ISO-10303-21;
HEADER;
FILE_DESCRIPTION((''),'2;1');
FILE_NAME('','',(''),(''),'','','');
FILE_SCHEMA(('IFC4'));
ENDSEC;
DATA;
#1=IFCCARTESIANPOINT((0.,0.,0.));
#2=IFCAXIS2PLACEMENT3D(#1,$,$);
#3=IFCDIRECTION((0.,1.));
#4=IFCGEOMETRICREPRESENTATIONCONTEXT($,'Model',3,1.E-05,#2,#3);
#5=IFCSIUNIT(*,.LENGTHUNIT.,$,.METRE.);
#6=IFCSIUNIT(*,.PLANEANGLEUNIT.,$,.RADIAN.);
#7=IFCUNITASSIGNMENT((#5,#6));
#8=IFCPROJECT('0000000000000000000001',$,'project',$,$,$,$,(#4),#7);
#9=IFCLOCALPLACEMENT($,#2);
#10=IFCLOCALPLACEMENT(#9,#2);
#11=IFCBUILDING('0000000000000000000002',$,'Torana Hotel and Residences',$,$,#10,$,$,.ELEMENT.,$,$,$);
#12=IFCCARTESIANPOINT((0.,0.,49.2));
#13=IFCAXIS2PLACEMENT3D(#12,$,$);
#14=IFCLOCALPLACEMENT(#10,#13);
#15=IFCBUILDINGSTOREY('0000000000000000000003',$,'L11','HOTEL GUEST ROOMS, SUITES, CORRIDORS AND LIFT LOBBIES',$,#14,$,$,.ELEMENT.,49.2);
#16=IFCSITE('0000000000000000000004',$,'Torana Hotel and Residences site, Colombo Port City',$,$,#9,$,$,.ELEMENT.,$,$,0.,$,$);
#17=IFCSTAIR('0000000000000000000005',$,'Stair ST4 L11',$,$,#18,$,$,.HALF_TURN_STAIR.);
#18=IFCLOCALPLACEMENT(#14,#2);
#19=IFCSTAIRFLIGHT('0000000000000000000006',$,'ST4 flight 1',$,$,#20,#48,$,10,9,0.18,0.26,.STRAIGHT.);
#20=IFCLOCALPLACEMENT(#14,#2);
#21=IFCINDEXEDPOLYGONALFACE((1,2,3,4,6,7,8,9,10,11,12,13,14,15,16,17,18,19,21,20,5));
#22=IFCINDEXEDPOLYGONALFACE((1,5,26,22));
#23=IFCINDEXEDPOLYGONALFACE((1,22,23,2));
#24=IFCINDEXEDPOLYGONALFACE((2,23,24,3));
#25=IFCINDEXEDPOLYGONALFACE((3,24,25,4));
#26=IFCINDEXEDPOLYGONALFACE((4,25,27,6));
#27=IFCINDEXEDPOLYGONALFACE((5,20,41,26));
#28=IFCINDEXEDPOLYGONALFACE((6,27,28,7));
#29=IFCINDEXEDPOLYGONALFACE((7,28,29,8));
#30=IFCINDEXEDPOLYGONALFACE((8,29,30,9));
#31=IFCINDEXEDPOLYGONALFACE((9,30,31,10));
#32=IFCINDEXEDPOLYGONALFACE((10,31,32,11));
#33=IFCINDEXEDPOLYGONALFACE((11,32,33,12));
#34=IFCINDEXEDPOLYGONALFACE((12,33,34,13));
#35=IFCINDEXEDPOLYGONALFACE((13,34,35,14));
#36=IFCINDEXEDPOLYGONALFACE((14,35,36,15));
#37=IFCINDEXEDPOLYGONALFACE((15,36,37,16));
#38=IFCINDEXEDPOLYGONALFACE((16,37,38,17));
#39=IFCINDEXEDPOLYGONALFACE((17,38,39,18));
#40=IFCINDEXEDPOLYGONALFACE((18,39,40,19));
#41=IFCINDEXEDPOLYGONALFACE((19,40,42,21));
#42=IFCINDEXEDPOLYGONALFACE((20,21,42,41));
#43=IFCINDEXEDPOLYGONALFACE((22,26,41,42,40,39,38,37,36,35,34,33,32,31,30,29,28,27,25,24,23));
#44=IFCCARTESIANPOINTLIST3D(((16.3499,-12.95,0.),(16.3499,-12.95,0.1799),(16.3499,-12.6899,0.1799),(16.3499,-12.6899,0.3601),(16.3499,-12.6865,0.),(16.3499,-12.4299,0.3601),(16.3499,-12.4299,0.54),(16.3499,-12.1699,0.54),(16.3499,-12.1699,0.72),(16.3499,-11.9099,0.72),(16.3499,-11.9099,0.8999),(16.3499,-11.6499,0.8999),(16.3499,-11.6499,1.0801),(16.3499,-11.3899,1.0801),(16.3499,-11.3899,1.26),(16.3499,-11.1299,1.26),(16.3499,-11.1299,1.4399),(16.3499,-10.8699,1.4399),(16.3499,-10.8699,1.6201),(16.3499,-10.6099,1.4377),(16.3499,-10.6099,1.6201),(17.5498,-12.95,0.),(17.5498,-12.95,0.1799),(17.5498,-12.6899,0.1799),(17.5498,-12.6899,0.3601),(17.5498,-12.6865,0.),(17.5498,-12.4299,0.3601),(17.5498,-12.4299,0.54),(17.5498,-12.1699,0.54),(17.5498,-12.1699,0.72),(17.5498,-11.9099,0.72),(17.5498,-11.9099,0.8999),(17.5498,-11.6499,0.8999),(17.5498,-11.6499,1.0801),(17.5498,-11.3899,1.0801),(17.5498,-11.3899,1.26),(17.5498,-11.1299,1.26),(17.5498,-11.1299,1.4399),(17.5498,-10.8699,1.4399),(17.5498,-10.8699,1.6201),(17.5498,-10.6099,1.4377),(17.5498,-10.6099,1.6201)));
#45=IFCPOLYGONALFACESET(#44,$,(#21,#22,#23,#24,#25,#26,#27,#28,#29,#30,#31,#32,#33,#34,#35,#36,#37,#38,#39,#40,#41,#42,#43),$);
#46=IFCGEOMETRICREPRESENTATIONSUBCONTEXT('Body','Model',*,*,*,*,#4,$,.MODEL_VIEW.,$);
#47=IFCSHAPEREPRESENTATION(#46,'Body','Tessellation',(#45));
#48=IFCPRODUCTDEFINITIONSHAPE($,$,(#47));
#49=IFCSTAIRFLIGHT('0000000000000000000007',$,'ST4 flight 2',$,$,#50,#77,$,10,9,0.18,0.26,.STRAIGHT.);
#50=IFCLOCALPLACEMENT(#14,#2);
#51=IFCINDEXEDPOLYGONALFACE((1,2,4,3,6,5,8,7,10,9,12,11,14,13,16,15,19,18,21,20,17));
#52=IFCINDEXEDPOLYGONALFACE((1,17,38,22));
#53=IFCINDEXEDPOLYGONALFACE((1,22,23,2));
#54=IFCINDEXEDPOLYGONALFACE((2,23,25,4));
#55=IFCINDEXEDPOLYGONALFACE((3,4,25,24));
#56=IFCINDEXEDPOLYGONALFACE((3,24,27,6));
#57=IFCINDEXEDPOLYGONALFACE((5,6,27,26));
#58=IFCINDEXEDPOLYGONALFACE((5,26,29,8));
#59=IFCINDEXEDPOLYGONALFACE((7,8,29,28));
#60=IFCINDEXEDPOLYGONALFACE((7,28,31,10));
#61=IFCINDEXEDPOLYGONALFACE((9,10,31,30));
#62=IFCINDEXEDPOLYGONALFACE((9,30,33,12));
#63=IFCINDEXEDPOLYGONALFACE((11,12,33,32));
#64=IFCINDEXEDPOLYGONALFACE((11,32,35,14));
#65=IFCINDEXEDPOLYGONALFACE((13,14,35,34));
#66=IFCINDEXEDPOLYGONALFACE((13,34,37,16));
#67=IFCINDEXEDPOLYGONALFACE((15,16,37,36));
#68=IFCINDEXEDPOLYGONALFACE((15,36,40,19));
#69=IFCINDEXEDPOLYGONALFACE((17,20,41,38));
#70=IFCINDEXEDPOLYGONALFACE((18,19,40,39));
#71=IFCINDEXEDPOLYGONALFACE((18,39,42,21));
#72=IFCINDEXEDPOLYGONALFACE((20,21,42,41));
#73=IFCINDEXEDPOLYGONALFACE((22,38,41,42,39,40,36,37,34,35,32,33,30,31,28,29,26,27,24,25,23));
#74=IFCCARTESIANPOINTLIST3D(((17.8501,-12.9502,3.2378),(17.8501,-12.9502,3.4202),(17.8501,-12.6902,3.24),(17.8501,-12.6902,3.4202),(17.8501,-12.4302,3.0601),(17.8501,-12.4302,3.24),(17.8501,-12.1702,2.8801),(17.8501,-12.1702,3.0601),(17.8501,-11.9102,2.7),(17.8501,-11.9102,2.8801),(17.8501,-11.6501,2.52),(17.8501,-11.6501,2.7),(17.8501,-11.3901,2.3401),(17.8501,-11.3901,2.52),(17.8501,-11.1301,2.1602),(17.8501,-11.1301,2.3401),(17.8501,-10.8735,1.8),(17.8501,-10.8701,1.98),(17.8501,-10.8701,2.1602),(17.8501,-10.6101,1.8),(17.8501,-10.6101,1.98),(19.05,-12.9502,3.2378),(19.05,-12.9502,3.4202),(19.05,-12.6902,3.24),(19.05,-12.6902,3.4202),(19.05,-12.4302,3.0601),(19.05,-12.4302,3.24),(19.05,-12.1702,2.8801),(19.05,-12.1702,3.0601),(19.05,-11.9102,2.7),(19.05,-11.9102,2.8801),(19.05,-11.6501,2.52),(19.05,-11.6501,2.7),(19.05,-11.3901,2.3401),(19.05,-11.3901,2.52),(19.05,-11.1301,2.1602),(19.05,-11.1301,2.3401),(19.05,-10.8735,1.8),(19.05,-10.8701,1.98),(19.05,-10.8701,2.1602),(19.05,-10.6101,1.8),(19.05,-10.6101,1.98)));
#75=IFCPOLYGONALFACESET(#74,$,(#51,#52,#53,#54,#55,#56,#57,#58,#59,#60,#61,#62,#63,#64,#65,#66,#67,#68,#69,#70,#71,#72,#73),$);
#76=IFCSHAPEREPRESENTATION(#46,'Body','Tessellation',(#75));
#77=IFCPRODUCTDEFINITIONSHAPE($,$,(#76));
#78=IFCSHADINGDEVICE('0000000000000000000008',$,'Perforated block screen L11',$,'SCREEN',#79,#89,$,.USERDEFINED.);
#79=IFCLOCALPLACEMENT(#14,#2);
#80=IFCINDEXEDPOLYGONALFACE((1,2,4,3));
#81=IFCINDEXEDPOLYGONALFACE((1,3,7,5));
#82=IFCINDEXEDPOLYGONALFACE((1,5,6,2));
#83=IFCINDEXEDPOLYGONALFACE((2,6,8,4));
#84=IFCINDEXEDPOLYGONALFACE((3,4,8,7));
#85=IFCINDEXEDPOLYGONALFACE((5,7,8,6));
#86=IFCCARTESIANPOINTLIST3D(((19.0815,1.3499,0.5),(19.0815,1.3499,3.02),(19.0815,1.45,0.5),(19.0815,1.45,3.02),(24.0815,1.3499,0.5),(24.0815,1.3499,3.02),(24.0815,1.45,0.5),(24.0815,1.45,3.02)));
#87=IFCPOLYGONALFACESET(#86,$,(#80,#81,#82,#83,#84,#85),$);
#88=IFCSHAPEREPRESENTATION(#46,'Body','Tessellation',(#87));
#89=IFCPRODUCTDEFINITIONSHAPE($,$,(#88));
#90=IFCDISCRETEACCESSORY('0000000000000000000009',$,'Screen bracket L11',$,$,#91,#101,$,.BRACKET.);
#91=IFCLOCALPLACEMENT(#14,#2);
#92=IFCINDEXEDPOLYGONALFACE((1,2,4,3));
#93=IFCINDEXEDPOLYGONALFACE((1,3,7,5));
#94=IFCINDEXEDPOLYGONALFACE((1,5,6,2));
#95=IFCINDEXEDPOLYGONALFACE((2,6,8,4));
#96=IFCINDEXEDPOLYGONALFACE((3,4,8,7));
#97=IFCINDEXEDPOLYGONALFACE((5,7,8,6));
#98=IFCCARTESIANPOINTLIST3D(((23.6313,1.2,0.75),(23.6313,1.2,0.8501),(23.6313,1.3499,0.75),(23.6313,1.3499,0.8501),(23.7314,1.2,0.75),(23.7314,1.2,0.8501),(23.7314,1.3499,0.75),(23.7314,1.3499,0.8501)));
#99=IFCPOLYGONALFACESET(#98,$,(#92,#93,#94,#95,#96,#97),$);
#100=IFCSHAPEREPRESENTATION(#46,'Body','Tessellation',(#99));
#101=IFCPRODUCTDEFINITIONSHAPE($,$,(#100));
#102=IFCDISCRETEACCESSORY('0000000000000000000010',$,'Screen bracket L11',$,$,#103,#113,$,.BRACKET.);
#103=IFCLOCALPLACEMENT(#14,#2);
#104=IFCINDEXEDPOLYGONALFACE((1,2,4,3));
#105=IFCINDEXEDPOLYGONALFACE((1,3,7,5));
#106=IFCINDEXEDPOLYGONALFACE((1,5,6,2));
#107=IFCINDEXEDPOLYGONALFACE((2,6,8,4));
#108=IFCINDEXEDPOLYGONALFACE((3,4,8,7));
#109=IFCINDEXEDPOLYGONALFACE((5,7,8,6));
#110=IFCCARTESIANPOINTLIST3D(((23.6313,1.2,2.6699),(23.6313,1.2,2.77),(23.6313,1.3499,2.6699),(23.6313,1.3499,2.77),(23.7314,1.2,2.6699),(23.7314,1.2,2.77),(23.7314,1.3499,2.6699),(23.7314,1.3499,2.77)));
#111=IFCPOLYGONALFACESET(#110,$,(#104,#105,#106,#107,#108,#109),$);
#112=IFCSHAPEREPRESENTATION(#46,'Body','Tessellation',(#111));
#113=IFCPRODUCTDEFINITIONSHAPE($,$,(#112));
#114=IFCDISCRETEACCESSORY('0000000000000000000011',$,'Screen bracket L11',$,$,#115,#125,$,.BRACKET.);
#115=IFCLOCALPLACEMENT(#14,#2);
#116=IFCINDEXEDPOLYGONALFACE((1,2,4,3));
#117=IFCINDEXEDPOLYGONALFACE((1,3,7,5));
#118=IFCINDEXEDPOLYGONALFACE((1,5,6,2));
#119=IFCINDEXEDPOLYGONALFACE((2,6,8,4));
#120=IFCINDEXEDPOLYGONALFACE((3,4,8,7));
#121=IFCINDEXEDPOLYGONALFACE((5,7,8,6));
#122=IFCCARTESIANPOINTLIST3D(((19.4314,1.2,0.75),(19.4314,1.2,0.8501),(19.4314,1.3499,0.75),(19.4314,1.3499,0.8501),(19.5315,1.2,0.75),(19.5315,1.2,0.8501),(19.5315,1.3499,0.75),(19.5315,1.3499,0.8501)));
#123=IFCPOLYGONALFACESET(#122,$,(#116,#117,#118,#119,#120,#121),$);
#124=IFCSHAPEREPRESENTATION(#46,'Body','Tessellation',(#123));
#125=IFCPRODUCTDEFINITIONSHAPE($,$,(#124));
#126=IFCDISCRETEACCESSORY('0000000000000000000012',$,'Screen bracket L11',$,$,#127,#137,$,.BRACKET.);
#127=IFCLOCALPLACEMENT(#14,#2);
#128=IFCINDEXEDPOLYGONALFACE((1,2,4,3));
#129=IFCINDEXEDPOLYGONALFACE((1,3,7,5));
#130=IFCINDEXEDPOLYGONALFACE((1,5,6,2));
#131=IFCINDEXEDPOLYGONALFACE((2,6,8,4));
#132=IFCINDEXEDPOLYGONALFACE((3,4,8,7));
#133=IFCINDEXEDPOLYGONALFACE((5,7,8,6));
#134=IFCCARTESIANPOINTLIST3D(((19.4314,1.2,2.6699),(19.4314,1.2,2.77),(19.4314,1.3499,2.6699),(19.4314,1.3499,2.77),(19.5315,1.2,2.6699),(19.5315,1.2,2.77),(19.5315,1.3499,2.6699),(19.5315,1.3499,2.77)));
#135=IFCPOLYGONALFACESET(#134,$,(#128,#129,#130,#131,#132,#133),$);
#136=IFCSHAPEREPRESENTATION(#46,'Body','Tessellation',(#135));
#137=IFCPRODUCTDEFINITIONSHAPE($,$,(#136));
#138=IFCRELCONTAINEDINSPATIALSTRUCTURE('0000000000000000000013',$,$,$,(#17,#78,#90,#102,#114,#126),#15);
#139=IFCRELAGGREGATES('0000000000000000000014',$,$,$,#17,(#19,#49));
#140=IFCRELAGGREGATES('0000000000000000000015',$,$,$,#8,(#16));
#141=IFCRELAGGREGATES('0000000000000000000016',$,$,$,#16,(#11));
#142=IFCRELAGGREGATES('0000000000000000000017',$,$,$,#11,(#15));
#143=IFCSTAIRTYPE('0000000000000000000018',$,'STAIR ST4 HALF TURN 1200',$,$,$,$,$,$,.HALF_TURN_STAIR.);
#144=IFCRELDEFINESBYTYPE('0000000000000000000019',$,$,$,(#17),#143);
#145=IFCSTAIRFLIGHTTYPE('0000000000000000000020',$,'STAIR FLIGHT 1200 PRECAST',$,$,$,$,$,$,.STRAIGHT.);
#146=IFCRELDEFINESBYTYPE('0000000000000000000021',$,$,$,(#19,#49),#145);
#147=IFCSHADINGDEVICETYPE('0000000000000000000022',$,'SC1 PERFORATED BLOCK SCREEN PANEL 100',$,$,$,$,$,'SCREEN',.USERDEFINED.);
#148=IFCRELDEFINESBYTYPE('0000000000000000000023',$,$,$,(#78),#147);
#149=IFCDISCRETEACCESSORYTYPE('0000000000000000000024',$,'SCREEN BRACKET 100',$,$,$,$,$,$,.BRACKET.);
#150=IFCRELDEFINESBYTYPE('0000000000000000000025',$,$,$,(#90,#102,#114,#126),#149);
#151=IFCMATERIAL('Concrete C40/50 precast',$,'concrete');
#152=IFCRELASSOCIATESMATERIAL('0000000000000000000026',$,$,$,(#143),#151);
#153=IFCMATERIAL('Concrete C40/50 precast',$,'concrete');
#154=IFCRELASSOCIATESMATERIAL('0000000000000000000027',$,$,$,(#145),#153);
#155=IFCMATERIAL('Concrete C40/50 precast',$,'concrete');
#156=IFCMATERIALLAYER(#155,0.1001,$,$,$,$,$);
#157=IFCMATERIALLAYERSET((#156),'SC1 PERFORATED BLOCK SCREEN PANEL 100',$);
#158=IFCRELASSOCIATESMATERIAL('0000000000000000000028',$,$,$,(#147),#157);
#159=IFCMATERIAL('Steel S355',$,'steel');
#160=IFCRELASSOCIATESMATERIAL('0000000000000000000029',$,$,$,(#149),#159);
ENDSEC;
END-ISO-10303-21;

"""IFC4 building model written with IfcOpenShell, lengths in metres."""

from ifc_helpers import new_model, si_unit, direction, frame, origin, origin_2d, place, context, subcontext, project, spatial, polyline, rectangle, outline, extrude, material, layer, layer_set, type_object, element, aggregate, save


model = new_model("IFC4")

# Units and contexts
model_context = context("Model", 3, precision=1e-05, world=origin(), true_north=direction((0.0, 1.0)))
body_context = subcontext(model_context, "Body", "Model", "MODEL_VIEW")
ifc_project = project(units=[si_unit("LENGTHUNIT", "METRE"), si_unit("PLANEANGLEUNIT", "RADIAN")], contexts=[model_context])

# Site, building, storey
site_placement = place(None, origin())
site = spatial("IfcSite", under=ifc_project, at=site_placement, Name="Torana Hotel and Residences site, Colombo Port City", CompositionType="ELEMENT", RefElevation=0.0)
building_placement = place(site_placement, origin())
building = spatial("IfcBuilding", under=site, at=building_placement, Name="Torana Hotel and Residences", CompositionType="ELEMENT")
storey_placement = place(building_placement, frame((0.0, 0.0, 49.2)))
storey = spatial("IfcBuildingStorey", under=building, at=storey_placement, Name="L11", Description="HOTEL GUEST ROOMS, SUITES, CORRIDORS AND LIFT LOBBIES", CompositionType="ELEMENT", Elevation=49.2)

# Stair, stair flights
ifc_material_1 = material(Name="Concrete C40/50 precast", Category="concrete")
stair_type = type_object("IfcStairType", Name="STAIR ST4 HALF TURN 1200", PredefinedType="HALF_TURN_STAIR", material=ifc_material_1)
stair_placement = place(storey_placement, origin())
stair = element("IfcStair", 1, at=stair_placement, inside=storey, type_object=stair_type, Name="Stair ST4 L11", PredefinedType="HALF_TURN_STAIR")
ifc_material_2 = material(Name="Concrete C40/50 precast", Category="concrete")
stair_flight_type = type_object("IfcStairFlightType", Name="STAIR FLIGHT 1200 PRECAST", PredefinedType="STRAIGHT", material=ifc_material_2)
stair_flight_1_placement = place(storey_placement, frame((16.95, -12.95, 0.0), z_axis=(0.0, 0.0, 1.0), x_axis=(0.0, 1.0, 0.0)))
stair_flight_1 = element("IfcStairFlight", 2, at=stair_flight_1_placement, type_object=stair_flight_type, Name="ST4 flight 1", NumberOfRisers=10, NumberOfTreads=9, PredefinedType="STRAIGHT", RiserHeight=0.18, TreadLength=0.26, context=body_context, shape_type="SweptSolid", body=[
    extrude(outline(polyline([(0.0, 0.0), (0.0, 0.1799), (0.26, 0.1799), (0.26, 0.3601), (0.52, 0.3601), (0.52, 0.54), (0.78, 0.54), (0.78, 0.72), (1.04, 0.72), (1.04, 0.8999), (1.3, 0.8999), (1.3, 1.0801), (1.5601, 1.0801), (1.5601, 1.26), (1.8201, 1.26), (1.8201, 1.4399), (2.0801, 1.4399), (2.0801, 1.6201), (2.3401, 1.6201), (2.3401, 1.8), (2.3401, 1.4377), (0.2634, 0.0), (0.0, 0.0)])), frame((0.0, 0.6001, 0.0), z_axis=(0.0, -1.0, 0.0), x_axis=(1.0, 0.0, 0.0)), (0.0, 0.0, 1.0), 1.2),
])
stair_flight_2_placement = place(storey_placement, frame((18.45, -10.6101, 1.8), z_axis=(0.0, 0.0, 1.0), x_axis=(0.0, -1.0, 0.0)))
stair_flight_2 = element("IfcStairFlight", 3, at=stair_flight_2_placement, type_object=stair_flight_type, Name="ST4 flight 2", NumberOfRisers=10, NumberOfTreads=9, PredefinedType="STRAIGHT", RiserHeight=0.18, TreadLength=0.26, context=body_context, shape_type="SweptSolid", body=[
    extrude(outline(polyline([(0.0, 0.0), (0.0, 0.1799), (0.26, 0.1799), (0.26, 0.3601), (0.52, 0.3601), (0.52, 0.54), (0.78, 0.54), (0.78, 0.72), (1.04, 0.72), (1.04, 0.8999), (1.3, 0.8999), (1.3, 1.0801), (1.5601, 1.0801), (1.5601, 1.26), (1.8201, 1.26), (1.8201, 1.4399), (2.0801, 1.4399), (2.0801, 1.6201), (2.3401, 1.6201), (2.3401, 1.8), (2.3401, 1.4377), (0.2634, 0.0), (0.0, 0.0)])), frame((0.0, 0.6001, 0.0), z_axis=(0.0, -1.0, 0.0), x_axis=(1.0, 0.0, 0.0)), (0.0, 0.0, 1.0), 1.2),
])
aggregate(stair, [stair_flight_1, stair_flight_2])

# Shading device
ifc_material_3 = material(Name="Concrete C40/50 precast", Category="concrete")
ifc_layer_1 = layer(ifc_material_3, 0.1001)
ifc_layer_set_1 = layer_set([ifc_layer_1], Name="SC1 PERFORATED BLOCK SCREEN PANEL 100")
shading_device_type = type_object("IfcShadingDeviceType", Name="SC1 PERFORATED BLOCK SCREEN PANEL 100", ElementType="SCREEN", PredefinedType="USERDEFINED", material=ifc_layer_set_1)
shading_device_placement = place(storey_placement, frame((21.5815, 1.3999, 0.5), z_axis=(0.0, 0.0, 1.0), x_axis=(-1.0, 0.0, 0.0)))
element("IfcShadingDevice", 4, at=shading_device_placement, inside=storey, type_object=shading_device_type, Name="Perforated block screen L11", ObjectType="SCREEN", PredefinedType="USERDEFINED", context=body_context, shape_type="SweptSolid", body=[
    extrude(rectangle(XDim=5.0, YDim=0.1001, at=origin_2d()), origin(), (0.0, 0.0, 1.0), 2.52),
])

# Discrete accessories
ifc_material_4 = material(Name="Steel S355", Category="steel")
discrete_accessory_type = type_object("IfcDiscreteAccessoryType", Name="SCREEN BRACKET 100", PredefinedType="BRACKET", material=ifc_material_4)
for number, where, z_axis, x_axis, name in (
    (5, (23.6814, 1.2749, 0.75), (0.0, 0.0, 1.0), (-1.0, 0.0, 0.0), "Screen bracket L11"),
    (6, (23.6814, 1.2749, 2.6699), (0.0, 0.0, 1.0), (-1.0, 0.0, 0.0), "Screen bracket L11"),
    (7, (19.4814, 1.2749, 0.75), (0.0, 0.0, 1.0), (-1.0, 0.0, 0.0), "Screen bracket L11"),
    (8, (19.4814, 1.2749, 2.6699), (0.0, 0.0, 1.0), (-1.0, 0.0, 0.0), "Screen bracket L11"),
):
    element("IfcDiscreteAccessory", number, at=place(storey_placement, frame(where, z_axis=z_axis, x_axis=x_axis)), inside=storey, type_object=discrete_accessory_type, Name=name, PredefinedType="BRACKET", context=body_context, shape_type="SweptSolid", body=[
        extrude(rectangle(XDim=0.1001, YDim=0.1499, at=origin_2d()), origin(), (0.0, 0.0, 1.0), 0.1001),
    ])

save(model, "model.ifc")
